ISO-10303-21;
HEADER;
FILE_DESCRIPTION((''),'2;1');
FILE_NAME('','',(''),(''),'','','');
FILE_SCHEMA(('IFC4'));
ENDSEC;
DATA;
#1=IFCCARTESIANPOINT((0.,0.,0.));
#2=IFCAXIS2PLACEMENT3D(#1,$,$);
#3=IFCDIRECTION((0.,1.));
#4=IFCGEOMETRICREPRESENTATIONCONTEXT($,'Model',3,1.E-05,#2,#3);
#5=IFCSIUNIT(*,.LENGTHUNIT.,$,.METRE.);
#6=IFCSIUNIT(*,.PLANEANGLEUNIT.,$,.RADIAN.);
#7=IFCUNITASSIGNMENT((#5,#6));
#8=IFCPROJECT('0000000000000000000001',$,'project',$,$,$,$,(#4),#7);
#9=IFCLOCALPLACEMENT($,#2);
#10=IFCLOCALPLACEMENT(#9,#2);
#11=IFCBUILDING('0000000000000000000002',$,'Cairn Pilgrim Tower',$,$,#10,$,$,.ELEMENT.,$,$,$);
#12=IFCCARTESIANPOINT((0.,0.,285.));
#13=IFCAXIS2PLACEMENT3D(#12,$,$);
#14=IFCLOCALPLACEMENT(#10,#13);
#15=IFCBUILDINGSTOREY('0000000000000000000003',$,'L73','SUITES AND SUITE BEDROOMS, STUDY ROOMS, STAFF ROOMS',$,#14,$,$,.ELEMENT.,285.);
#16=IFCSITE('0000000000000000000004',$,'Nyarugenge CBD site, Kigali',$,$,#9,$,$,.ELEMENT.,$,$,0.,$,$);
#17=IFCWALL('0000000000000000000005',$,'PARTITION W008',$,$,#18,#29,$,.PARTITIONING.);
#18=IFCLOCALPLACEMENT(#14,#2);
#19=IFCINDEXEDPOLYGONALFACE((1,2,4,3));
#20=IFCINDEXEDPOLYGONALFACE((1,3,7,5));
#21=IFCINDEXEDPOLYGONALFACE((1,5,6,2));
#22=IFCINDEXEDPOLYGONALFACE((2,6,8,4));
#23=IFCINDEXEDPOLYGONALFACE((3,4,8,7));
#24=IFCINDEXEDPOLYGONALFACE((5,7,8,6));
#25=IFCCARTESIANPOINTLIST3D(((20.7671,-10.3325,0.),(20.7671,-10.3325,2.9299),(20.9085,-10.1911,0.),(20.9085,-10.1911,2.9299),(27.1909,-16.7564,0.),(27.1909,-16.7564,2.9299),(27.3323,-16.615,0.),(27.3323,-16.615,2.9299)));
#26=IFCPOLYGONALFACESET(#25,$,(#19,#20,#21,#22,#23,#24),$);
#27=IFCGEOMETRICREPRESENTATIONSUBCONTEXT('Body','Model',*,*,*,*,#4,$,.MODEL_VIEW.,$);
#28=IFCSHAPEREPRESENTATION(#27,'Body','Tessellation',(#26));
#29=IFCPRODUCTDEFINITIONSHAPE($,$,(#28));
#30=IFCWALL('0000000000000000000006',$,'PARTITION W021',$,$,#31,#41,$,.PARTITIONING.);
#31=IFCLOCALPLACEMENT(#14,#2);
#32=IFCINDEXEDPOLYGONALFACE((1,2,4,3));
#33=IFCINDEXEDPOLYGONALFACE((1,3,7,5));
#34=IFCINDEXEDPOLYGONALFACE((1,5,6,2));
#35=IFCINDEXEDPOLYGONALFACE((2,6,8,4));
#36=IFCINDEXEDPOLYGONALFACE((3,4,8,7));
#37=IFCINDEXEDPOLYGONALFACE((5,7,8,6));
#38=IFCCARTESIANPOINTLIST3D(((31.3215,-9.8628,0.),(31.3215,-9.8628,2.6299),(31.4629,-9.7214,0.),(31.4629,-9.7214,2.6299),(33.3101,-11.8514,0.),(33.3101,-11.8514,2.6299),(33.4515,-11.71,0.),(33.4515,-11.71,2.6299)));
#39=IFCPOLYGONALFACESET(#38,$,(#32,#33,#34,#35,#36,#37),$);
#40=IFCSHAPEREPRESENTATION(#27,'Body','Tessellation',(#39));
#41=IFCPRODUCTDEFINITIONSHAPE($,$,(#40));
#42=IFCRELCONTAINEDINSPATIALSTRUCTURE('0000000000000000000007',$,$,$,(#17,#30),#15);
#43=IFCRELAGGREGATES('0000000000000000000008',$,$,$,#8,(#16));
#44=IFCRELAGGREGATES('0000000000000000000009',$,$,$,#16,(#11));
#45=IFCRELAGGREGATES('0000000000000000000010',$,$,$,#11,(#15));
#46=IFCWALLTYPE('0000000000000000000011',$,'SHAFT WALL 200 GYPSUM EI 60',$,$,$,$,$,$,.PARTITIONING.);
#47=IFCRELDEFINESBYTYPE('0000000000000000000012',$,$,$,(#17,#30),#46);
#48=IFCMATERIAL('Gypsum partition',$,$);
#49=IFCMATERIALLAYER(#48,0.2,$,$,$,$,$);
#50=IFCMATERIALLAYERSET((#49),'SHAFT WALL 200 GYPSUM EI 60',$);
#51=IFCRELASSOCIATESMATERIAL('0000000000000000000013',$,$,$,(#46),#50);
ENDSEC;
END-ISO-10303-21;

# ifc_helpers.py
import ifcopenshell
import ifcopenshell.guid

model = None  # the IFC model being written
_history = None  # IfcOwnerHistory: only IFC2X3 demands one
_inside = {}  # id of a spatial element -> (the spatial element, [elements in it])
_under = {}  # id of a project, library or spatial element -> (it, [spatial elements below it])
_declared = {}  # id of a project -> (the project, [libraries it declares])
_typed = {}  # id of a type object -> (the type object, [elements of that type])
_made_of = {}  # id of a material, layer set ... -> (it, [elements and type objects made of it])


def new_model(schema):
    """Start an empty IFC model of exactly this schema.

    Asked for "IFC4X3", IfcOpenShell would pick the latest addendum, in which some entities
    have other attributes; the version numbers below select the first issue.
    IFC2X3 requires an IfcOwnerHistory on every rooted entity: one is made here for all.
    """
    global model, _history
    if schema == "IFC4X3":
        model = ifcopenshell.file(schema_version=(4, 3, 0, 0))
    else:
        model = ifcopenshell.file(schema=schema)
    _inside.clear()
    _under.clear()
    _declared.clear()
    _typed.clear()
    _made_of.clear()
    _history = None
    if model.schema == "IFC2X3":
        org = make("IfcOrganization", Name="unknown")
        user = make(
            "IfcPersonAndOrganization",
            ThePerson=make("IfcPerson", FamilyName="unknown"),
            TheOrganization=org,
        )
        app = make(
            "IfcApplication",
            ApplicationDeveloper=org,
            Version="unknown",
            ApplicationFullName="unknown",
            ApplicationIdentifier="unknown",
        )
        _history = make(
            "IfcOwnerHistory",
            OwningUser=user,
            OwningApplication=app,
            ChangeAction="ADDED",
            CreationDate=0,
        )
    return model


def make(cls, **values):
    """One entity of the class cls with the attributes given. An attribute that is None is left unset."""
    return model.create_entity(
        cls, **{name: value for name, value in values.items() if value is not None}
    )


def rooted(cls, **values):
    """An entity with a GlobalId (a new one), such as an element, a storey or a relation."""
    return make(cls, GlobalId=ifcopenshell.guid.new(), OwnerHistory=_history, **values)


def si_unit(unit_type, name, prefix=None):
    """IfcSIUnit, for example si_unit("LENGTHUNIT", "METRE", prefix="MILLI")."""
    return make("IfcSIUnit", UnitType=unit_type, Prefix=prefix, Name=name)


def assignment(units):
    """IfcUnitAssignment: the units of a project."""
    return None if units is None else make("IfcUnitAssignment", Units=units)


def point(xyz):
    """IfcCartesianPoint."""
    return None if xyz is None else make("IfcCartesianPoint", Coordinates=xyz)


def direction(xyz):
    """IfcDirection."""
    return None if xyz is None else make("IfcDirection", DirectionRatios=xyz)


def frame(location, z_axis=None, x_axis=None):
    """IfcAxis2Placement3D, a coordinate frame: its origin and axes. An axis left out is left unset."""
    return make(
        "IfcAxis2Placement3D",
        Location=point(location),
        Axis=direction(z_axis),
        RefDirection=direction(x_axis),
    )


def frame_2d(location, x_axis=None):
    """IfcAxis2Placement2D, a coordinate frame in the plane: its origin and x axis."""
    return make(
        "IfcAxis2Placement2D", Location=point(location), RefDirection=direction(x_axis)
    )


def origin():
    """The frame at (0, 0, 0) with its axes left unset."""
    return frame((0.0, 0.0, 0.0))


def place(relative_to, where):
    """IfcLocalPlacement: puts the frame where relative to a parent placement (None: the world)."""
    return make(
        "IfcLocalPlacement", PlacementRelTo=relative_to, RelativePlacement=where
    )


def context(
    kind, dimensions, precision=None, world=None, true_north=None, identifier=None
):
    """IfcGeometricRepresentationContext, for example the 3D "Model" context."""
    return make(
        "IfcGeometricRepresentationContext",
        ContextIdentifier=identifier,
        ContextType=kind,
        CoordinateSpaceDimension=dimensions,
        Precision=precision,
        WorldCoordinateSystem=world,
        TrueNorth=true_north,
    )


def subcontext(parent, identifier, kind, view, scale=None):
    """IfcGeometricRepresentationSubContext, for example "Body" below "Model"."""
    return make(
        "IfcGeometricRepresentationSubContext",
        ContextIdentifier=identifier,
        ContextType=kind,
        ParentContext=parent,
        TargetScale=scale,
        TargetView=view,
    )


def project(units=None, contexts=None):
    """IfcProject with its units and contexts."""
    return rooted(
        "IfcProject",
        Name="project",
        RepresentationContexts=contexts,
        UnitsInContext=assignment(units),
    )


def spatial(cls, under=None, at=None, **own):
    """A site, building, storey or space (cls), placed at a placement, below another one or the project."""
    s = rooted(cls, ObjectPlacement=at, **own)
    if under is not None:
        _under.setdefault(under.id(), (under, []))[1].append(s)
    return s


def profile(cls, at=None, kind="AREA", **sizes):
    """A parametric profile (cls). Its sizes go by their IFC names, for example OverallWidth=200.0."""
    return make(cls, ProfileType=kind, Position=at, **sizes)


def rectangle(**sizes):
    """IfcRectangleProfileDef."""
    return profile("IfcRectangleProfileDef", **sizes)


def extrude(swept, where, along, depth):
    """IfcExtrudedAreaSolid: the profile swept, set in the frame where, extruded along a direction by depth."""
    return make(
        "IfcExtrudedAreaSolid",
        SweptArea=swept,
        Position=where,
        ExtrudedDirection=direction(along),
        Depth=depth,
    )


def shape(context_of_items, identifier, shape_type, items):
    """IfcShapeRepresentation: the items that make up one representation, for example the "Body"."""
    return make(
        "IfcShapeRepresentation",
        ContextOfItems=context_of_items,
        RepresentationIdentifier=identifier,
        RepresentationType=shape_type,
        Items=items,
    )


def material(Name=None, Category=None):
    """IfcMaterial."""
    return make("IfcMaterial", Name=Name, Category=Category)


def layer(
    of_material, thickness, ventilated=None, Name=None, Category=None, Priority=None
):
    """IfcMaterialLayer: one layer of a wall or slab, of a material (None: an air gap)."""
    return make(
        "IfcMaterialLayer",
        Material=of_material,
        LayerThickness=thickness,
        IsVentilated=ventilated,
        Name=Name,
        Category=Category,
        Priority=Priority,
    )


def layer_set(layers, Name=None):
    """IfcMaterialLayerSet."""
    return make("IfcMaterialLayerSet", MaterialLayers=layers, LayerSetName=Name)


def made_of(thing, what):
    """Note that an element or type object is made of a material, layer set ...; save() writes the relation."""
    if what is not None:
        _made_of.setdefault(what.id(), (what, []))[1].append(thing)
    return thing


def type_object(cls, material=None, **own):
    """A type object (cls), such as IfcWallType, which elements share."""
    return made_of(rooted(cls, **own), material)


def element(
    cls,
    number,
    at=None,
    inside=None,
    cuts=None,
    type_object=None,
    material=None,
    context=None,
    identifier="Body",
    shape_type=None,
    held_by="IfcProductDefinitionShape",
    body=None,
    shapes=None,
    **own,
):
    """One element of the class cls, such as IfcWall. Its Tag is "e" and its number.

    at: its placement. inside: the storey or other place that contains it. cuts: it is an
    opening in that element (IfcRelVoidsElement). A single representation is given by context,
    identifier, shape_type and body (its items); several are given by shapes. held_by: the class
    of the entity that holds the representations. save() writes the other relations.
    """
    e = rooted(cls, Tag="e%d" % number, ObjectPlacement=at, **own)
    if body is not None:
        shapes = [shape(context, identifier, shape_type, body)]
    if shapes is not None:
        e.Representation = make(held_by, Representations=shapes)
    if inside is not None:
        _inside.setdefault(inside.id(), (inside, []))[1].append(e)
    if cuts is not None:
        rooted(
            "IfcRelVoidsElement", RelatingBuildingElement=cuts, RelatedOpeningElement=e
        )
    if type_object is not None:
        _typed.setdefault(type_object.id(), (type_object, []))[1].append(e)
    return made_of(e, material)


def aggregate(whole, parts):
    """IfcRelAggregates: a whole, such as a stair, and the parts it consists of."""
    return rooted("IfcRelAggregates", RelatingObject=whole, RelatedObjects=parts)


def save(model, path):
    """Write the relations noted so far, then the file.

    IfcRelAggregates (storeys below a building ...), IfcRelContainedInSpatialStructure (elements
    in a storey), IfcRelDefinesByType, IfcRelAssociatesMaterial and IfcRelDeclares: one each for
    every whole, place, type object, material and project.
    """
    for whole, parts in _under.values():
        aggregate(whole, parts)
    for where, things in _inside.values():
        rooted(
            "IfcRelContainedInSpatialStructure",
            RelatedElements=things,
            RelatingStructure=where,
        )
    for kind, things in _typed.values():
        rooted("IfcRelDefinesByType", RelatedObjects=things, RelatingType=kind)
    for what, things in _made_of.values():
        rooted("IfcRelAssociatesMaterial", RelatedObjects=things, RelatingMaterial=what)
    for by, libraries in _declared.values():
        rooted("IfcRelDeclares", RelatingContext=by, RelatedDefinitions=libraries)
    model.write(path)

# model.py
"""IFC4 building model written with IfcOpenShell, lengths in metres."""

from ifc_helpers import new_model, si_unit, direction, frame, frame_2d, origin, place, context, subcontext, project, spatial, rectangle, extrude, material, layer, layer_set, type_object, element, save


model = new_model("IFC4")

# Units and contexts
model_context = context("Model", 3, precision=1e-05, world=origin(), true_north=direction((0.0, 1.0)))
body_context = subcontext(model_context, "Body", "Model", "MODEL_VIEW")
ifc_project = project(units=[si_unit("LENGTHUNIT", "METRE"), si_unit("PLANEANGLEUNIT", "RADIAN")], contexts=[model_context])

# Site, building, storey
site_placement = place(None, origin())
site = spatial("IfcSite", under=ifc_project, at=site_placement, Name="Nyarugenge CBD site, Kigali", CompositionType="ELEMENT", RefElevation=0.0)
building_placement = place(site_placement, origin())
building = spatial("IfcBuilding", under=site, at=building_placement, Name="Cairn Pilgrim Tower", CompositionType="ELEMENT")
storey_placement = place(building_placement, frame((0.0, 0.0, 285.0)))
storey = spatial("IfcBuildingStorey", under=building, at=storey_placement, Name="L73", Description="SUITES AND SUITE BEDROOMS, STUDY ROOMS, STAFF ROOMS", CompositionType="ELEMENT", Elevation=285.0)

# Walls
ifc_material_1 = material(Name="Gypsum partition")
ifc_layer_1 = layer(ifc_material_1, 0.2)
ifc_layer_set_1 = layer_set([ifc_layer_1], Name="SHAFT WALL 200 GYPSUM EI 60")
wall_type_1 = type_object("IfcWallType", Name="SHAFT WALL 200 GYPSUM EI 60", PredefinedType="PARTITIONING", material=ifc_layer_set_1)
wall_1_placement = place(storey_placement, frame((27.2617, -16.6858, 0.0), z_axis=(0.0, 0.0, 1.0), x_axis=(-0.707107, 0.707107, 0.0)))
element("IfcWall", 1, at=wall_1_placement, inside=storey, type_object=wall_type_1, Name="PARTITION W008", PredefinedType="PARTITIONING", context=body_context, shape_type="SweptSolid", body=[
    extrude(rectangle(XDim=9.0847, YDim=0.2, at=frame_2d((4.5425, 0.0))), origin(), (0.0, 0.0, 1.0), 2.9299),
])
wall_2_placement = place(storey_placement, frame((33.3809, -11.7808, 0.0), z_axis=(0.0, 0.0, 1.0), x_axis=(-0.707107, 0.707107, 0.0)))
element("IfcWall", 2, at=wall_2_placement, inside=storey, type_object=wall_type_1, Name="PARTITION W021", PredefinedType="PARTITIONING", context=body_context, shape_type="SweptSolid", body=[
    extrude(rectangle(XDim=2.8123, YDim=0.2, at=frame_2d((1.4062, 0.0))), origin(), (0.0, 0.0, 1.0), 2.6299),
])

save(model, "model.ifc")
